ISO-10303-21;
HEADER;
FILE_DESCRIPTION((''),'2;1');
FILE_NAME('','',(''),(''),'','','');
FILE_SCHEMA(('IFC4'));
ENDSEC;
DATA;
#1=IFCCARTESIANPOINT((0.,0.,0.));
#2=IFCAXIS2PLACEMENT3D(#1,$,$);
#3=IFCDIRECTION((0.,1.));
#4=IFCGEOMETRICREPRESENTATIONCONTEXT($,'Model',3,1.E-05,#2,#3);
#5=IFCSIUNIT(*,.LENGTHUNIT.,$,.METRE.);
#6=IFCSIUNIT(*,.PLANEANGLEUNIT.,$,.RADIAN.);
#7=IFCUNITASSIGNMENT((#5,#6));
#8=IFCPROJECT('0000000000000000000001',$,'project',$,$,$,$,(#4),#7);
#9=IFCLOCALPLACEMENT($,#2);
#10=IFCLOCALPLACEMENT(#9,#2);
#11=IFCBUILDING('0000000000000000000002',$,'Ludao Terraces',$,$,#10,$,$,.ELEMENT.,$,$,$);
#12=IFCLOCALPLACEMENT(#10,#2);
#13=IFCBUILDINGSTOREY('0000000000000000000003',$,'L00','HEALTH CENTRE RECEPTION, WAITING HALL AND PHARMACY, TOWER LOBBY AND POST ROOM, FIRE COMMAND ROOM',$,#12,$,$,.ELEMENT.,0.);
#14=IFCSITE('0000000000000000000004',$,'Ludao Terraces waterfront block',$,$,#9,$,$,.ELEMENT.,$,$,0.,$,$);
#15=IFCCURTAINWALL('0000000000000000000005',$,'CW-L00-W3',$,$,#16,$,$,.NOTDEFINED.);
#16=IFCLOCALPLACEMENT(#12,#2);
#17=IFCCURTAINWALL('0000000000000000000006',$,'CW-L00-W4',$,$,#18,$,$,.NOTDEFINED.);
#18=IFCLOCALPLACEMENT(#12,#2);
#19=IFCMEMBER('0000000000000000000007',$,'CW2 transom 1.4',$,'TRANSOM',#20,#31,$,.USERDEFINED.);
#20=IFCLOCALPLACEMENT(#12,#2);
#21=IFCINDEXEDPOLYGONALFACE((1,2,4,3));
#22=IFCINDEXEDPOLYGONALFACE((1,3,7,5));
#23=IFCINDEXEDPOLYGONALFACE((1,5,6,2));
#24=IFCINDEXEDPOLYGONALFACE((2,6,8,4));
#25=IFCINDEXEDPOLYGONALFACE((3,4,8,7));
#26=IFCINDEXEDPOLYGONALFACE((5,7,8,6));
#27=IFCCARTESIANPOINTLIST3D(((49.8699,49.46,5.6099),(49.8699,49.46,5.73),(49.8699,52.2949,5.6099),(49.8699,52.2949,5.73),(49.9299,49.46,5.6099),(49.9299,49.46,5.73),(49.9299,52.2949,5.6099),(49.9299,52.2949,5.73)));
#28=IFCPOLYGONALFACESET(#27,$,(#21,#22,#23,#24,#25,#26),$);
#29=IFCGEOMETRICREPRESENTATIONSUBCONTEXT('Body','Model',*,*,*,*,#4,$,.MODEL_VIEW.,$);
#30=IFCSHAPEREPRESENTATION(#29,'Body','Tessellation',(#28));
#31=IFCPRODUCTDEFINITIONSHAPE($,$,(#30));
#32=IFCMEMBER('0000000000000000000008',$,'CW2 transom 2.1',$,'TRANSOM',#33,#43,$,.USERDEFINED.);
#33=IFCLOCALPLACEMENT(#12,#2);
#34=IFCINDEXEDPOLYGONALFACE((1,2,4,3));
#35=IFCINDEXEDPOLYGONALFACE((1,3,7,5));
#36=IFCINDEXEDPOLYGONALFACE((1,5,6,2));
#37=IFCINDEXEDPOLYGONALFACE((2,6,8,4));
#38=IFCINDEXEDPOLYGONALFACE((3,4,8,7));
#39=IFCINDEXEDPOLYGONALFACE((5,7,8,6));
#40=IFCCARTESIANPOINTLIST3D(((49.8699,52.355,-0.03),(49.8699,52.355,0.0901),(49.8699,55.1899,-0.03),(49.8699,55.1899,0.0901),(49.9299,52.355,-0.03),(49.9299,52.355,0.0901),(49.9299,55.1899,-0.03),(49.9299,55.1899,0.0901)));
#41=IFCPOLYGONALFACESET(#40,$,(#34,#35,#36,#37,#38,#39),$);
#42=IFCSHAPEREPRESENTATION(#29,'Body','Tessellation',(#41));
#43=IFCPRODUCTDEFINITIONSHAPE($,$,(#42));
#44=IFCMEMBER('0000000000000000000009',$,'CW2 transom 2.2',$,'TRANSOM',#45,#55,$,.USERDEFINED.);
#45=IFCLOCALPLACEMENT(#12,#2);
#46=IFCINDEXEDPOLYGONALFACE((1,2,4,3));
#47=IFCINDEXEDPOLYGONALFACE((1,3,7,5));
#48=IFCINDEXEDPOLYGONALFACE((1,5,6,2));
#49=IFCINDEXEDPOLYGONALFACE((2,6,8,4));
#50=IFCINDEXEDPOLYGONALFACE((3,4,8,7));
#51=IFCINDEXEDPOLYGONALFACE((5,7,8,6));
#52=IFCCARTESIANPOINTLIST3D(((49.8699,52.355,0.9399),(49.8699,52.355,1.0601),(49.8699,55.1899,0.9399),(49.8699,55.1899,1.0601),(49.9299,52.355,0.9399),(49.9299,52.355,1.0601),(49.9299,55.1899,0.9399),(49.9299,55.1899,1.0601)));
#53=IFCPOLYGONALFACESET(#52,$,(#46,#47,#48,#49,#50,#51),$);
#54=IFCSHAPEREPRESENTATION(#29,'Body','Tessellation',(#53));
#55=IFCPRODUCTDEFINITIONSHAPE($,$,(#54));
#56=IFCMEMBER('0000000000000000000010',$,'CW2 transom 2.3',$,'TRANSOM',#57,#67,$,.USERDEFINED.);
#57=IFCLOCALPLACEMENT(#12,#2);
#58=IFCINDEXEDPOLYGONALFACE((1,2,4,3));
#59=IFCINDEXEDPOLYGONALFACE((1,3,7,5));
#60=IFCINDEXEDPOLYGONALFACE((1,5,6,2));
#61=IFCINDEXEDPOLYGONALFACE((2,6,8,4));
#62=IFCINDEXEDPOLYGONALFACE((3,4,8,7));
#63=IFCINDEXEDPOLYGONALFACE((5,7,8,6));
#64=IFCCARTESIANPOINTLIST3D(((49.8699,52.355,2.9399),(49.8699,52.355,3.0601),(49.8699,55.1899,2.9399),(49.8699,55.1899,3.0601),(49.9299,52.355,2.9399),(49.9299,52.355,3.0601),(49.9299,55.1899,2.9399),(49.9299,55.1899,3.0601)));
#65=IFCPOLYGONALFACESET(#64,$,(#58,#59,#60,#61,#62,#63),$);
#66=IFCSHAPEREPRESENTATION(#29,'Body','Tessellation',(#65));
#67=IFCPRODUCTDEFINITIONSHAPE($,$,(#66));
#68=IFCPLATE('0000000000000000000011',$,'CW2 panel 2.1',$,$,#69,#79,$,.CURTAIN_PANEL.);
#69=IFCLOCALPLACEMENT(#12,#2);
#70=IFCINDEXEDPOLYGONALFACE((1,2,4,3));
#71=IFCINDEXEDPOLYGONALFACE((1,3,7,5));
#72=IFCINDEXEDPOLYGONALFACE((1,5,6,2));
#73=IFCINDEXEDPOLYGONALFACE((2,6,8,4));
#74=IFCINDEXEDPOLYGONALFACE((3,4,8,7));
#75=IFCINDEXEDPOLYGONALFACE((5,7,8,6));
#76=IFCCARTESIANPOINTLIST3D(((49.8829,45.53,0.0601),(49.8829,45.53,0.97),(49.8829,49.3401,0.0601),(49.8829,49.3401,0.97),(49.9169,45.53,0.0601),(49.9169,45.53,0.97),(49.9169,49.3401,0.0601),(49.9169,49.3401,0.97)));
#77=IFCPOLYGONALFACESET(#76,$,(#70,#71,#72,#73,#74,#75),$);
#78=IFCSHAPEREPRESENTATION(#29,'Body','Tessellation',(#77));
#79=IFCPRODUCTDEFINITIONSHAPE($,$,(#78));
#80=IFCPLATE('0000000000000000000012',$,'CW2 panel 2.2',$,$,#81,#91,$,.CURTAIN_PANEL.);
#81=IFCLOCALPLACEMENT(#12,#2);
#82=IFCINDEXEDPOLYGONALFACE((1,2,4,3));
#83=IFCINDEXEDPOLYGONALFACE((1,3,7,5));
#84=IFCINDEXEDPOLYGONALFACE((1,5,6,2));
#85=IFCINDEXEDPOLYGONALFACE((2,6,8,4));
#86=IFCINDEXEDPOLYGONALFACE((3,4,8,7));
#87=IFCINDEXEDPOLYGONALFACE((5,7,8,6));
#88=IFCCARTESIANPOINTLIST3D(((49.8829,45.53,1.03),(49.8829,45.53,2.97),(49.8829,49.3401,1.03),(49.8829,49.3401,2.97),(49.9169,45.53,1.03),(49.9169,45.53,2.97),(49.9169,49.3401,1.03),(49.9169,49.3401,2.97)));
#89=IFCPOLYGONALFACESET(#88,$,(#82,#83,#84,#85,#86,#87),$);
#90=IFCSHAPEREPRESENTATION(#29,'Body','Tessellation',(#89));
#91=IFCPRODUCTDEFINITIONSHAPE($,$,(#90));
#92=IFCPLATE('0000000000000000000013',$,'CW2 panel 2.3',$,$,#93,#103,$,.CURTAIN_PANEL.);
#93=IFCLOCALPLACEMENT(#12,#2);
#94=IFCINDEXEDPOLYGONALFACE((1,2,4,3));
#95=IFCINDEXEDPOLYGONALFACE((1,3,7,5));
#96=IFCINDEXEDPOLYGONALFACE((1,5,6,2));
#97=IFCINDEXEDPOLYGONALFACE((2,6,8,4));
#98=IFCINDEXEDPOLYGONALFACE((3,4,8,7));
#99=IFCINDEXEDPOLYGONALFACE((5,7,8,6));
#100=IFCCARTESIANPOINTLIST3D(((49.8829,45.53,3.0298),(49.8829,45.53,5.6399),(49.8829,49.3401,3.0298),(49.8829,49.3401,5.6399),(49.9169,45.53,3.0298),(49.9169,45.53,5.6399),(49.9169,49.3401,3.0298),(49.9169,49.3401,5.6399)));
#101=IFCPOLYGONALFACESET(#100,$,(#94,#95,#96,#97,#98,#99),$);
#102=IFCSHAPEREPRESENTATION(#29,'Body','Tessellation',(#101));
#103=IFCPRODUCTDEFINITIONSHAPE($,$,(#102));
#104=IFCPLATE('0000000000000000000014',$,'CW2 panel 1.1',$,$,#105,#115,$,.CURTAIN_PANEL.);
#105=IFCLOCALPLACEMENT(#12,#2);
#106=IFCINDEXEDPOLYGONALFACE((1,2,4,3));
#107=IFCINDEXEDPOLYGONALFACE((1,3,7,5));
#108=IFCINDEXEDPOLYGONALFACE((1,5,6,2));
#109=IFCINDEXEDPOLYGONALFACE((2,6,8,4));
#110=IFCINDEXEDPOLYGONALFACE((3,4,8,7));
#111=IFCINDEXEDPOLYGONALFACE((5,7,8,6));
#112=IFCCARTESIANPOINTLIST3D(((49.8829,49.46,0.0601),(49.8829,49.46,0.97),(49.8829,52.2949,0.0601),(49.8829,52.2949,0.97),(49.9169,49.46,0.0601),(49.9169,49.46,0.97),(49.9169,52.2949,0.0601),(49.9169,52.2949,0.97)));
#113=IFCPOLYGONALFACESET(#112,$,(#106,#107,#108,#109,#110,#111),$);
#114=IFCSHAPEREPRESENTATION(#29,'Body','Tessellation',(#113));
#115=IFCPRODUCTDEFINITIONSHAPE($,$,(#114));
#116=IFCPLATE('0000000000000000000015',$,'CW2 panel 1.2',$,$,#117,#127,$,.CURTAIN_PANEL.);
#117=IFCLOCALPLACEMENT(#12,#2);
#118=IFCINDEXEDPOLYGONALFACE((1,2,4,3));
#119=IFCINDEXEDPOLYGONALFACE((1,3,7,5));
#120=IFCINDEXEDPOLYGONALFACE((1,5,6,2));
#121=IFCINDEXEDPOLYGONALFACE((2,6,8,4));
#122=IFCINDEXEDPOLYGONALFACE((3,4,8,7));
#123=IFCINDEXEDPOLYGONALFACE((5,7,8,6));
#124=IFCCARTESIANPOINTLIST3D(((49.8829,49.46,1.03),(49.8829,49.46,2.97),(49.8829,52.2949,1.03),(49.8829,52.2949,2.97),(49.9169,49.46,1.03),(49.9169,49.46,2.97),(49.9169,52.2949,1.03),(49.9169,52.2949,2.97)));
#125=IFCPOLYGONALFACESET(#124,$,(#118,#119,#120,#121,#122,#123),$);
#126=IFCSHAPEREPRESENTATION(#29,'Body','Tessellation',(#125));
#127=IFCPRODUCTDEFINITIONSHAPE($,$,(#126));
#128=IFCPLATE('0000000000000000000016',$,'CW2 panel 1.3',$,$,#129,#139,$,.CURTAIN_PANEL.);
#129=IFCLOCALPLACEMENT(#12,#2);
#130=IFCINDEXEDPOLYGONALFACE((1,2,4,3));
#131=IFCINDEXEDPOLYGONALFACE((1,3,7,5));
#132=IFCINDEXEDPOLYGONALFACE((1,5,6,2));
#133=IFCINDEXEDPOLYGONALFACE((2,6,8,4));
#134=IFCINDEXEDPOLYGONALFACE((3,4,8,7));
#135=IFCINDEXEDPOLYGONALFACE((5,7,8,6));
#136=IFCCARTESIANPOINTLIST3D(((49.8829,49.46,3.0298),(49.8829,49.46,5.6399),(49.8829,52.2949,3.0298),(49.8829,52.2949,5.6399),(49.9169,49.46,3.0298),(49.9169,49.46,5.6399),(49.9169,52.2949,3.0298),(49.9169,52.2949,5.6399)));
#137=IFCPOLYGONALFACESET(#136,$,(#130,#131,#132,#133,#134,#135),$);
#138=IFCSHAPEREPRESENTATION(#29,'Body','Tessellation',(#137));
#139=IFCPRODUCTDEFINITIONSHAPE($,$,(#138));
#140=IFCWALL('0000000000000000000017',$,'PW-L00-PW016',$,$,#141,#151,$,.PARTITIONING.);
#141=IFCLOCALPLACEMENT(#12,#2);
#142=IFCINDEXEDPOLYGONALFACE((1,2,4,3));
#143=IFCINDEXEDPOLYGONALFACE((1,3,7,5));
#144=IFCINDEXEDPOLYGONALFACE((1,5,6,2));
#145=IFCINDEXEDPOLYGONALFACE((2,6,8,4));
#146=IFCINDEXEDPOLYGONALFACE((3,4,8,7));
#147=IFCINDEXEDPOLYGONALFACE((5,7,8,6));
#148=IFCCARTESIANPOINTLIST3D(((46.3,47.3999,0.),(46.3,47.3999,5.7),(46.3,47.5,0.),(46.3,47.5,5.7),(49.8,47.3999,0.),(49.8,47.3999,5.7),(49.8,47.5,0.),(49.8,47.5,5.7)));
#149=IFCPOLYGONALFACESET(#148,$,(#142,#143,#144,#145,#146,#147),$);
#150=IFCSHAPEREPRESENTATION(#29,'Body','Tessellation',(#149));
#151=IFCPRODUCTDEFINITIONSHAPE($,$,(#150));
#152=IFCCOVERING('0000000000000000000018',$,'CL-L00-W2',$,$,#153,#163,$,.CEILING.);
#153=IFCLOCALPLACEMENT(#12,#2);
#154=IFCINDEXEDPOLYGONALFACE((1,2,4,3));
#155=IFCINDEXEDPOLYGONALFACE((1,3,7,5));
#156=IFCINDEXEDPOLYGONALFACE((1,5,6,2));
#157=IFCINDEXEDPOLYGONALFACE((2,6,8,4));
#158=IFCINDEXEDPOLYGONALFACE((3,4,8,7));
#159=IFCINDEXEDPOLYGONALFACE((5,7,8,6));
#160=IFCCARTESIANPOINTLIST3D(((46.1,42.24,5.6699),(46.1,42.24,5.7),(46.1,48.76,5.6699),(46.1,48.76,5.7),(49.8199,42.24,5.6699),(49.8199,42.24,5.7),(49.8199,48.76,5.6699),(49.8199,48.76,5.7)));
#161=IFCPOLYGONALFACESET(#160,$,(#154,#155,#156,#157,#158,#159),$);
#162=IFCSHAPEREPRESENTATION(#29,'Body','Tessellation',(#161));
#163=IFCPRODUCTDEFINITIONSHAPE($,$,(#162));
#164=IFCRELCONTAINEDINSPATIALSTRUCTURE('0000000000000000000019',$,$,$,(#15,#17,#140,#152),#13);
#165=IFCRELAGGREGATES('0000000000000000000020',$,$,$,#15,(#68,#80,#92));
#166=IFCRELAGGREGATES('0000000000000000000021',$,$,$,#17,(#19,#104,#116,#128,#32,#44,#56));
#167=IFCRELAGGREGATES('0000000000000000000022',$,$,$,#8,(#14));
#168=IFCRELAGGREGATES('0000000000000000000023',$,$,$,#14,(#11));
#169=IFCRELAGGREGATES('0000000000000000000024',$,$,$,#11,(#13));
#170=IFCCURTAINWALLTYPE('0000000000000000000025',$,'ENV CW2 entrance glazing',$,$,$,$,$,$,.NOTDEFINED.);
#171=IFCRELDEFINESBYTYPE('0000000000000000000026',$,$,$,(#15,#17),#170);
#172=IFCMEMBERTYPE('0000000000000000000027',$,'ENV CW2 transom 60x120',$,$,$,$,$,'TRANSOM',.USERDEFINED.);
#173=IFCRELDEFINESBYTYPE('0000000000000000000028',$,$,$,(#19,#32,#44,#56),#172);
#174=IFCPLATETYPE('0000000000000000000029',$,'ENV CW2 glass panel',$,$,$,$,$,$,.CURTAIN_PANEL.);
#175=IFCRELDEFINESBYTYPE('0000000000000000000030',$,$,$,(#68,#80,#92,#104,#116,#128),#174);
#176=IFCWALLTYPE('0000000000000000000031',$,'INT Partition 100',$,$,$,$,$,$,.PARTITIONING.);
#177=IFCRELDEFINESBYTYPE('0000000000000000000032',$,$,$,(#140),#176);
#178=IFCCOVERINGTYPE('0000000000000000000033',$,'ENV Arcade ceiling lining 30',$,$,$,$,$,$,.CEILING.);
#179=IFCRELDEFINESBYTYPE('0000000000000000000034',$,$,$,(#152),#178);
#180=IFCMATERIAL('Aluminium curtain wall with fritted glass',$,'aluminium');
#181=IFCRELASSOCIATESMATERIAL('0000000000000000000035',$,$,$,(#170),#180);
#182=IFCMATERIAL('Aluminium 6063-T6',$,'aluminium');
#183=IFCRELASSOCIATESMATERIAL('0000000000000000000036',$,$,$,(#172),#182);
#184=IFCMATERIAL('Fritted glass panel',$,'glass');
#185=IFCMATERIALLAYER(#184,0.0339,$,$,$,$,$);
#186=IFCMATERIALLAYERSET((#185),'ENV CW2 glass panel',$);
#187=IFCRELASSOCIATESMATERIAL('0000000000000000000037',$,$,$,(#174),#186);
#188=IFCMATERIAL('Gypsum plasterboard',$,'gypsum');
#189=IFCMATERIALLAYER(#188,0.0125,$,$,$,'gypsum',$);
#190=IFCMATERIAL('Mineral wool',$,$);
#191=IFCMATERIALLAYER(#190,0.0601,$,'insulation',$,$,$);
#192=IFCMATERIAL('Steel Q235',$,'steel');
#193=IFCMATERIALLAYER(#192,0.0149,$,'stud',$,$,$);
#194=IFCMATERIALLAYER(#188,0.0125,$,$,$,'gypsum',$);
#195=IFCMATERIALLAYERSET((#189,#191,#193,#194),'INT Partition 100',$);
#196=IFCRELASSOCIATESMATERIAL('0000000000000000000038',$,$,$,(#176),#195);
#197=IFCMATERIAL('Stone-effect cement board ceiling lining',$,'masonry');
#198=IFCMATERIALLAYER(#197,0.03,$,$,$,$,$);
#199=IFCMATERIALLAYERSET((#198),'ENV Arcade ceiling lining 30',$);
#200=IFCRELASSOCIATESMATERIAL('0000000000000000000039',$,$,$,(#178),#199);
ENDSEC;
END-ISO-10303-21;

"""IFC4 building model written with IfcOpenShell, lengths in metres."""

from ifc_helpers import new_model, si_unit, direction, frame, frame_2d, origin, origin_2d, place, context, subcontext, project, spatial, rectangle, extrude, material, layer, layer_set, material_profile, profile_set, type_object, element, aggregate, save


model = new_model("IFC4")

# Units and contexts
model_context = context("Model", 3, precision=1e-05, world=origin(), true_north=direction((0.0, 1.0)))
body_context = subcontext(model_context, "Body", "Model", "MODEL_VIEW")
ifc_project = project(units=[si_unit("LENGTHUNIT", "METRE"), si_unit("PLANEANGLEUNIT", "RADIAN")], contexts=[model_context])

# Site, building, storey
site_placement = place(None, origin())
site = spatial("IfcSite", under=ifc_project, at=site_placement, Name="Ludao Terraces waterfront block", CompositionType="ELEMENT", RefElevation=0.0)
building_placement = place(site_placement, origin())
building = spatial("IfcBuilding", under=site, at=building_placement, Name="Ludao Terraces", CompositionType="ELEMENT")
storey_placement = place(building_placement, origin())
storey = spatial("IfcBuildingStorey", under=building, at=storey_placement, Name="L00", Description="HEALTH CENTRE RECEPTION, WAITING HALL AND PHARMACY, TOWER LOBBY AND POST ROOM, FIRE COMMAND ROOM", CompositionType="ELEMENT", Elevation=0.0)

# Curtain walls
ifc_material_1 = material(Name="Aluminium curtain wall with fritted glass", Category="aluminium")
curtain_wall_type = type_object("IfcCurtainWallType", Name="ENV CW2 entrance glazing", PredefinedType="NOTDEFINED", material=ifc_material_1)
curtain_wall_1_placement = place(storey_placement, origin())
curtain_wall_1 = element("IfcCurtainWall", 1, at=curtain_wall_1_placement, inside=storey, type_object=curtain_wall_type, Name="CW-L00-W3", PredefinedType="NOTDEFINED")
ifc_material_2 = material(Name="Aluminium 6063-T6", Category="aluminium")
curtain_wall_2_placement = place(storey_placement, origin())
curtain_wall_2 = element("IfcCurtainWall", 2, at=curtain_wall_2_placement, inside=storey, type_object=curtain_wall_type, Name="CW-L00-W4", PredefinedType="NOTDEFINED")

# Members
ifc_material_profile_1 = material_profile(ifc_material_2, rectangle(XDim=0.0601, YDim=0.1201, at=origin_2d()), Name="60 X 120")
ifc_profile_set_1 = profile_set([ifc_material_profile_1], Name="Aluminium 6063-T6")
member_type_1 = type_object("IfcMemberType", Name="ENV CW2 transom 60x120", ElementType="TRANSOM", PredefinedType="USERDEFINED", material=ifc_profile_set_1)
member_1_placement = place(storey_placement, frame((49.8999, 49.46, 5.6699), z_axis=(0.0, 1.0, 0.0), x_axis=(-1.0, 0.0, 0.0)))
member_1 = element("IfcMember", 3, at=member_1_placement, type_object=member_type_1, Name="CW2 transom 1.4", ObjectType="TRANSOM", PredefinedType="USERDEFINED", context=body_context, shape_type="SweptSolid", body=[
    extrude(rectangle(XDim=0.0601, YDim=0.1201, at=origin_2d()), origin(), (0.0, 0.0, 1.0), 2.835),
])
member_2_placement = place(storey_placement, frame((49.8999, 52.355, 0.03), z_axis=(0.0, 1.0, 0.0), x_axis=(-1.0, 0.0, 0.0)))
member_2 = element("IfcMember", 4, at=member_2_placement, type_object=member_type_1, Name="CW2 transom 2.1", ObjectType="TRANSOM", PredefinedType="USERDEFINED", context=body_context, shape_type="SweptSolid", body=[
    extrude(rectangle(XDim=0.0601, YDim=0.1201, at=origin_2d()), origin(), (0.0, 0.0, 1.0), 2.835),
])
member_3_placement = place(storey_placement, frame((49.8999, 52.355, 1.0), z_axis=(0.0, 1.0, 0.0), x_axis=(-1.0, 0.0, 0.0)))
member_3 = element("IfcMember", 5, at=member_3_placement, type_object=member_type_1, Name="CW2 transom 2.2", ObjectType="TRANSOM", PredefinedType="USERDEFINED", context=body_context, shape_type="SweptSolid", body=[
    extrude(rectangle(XDim=0.0601, YDim=0.1201, at=origin_2d()), origin(), (0.0, 0.0, 1.0), 2.835),
])
member_4_placement = place(storey_placement, frame((49.8999, 52.355, 3.0), z_axis=(0.0, 1.0, 0.0), x_axis=(-1.0, 0.0, 0.0)))
member_4 = element("IfcMember", 6, at=member_4_placement, type_object=member_type_1, Name="CW2 transom 2.3", ObjectType="TRANSOM", PredefinedType="USERDEFINED", context=body_context, shape_type="SweptSolid", body=[
    extrude(rectangle(XDim=0.0601, YDim=0.1201, at=origin_2d()), origin(), (0.0, 0.0, 1.0), 2.835),
])

# Plates
ifc_material_3 = material(Name="Fritted glass panel", Category="glass")
ifc_layer_1 = layer(ifc_material_3, 0.0339)
ifc_layer_set_1 = layer_set([ifc_layer_1], Name="ENV CW2 glass panel")
plate_type = type_object("IfcPlateType", Name="ENV CW2 glass panel", PredefinedType="CURTAIN_PANEL", material=ifc_layer_set_1)
plate_1_placement = place(storey_placement, frame((49.8999, 47.4351, 0.0601), z_axis=(0.0, 0.0, 1.0), x_axis=(0.0, 1.0, 0.0)))
plate_1 = element("IfcPlate", 7, at=plate_1_placement, type_object=plate_type, Name="CW2 panel 2.1", PredefinedType="CURTAIN_PANEL", context=body_context, shape_type="SweptSolid", body=[
    extrude(rectangle(XDim=3.8101, YDim=0.0339, at=origin_2d()), origin(), (0.0, 0.0, 1.0), 0.9099),
])
plate_2_placement = place(storey_placement, frame((49.8999, 47.4351, 1.03), z_axis=(0.0, 0.0, 1.0), x_axis=(0.0, 1.0, 0.0)))
plate_2 = element("IfcPlate", 8, at=plate_2_placement, type_object=plate_type, Name="CW2 panel 2.2", PredefinedType="CURTAIN_PANEL", context=body_context, shape_type="SweptSolid", body=[
    extrude(rectangle(XDim=3.8101, YDim=0.0339, at=origin_2d()), origin(), (0.0, 0.0, 1.0), 1.9399),
])
plate_3_placement = place(storey_placement, frame((49.8999, 47.4351, 3.0298), z_axis=(0.0, 0.0, 1.0), x_axis=(0.0, 1.0, 0.0)))
plate_3 = element("IfcPlate", 9, at=plate_3_placement, type_object=plate_type, Name="CW2 panel 2.3", PredefinedType="CURTAIN_PANEL", context=body_context, shape_type="SweptSolid", body=[
    extrude(rectangle(XDim=3.8101, YDim=0.0339, at=origin_2d()), origin(), (0.0, 0.0, 1.0), 2.6101),
])
aggregate(curtain_wall_1, [plate_1, plate_2, plate_3])
plate_4_placement = place(storey_placement, frame((49.8999, 50.8774, 0.0601), z_axis=(0.0, 0.0, 1.0), x_axis=(0.0, 1.0, 0.0)))
plate_4 = element("IfcPlate", 10, at=plate_4_placement, type_object=plate_type, Name="CW2 panel 1.1", PredefinedType="CURTAIN_PANEL", context=body_context, shape_type="SweptSolid", body=[
    extrude(rectangle(XDim=2.835, YDim=0.0339, at=origin_2d()), origin(), (0.0, 0.0, 1.0), 0.9099),
])
plate_5_placement = place(storey_placement, frame((49.8999, 50.8774, 1.03), z_axis=(0.0, 0.0, 1.0), x_axis=(0.0, 1.0, 0.0)))
plate_5 = element("IfcPlate", 11, at=plate_5_placement, type_object=plate_type, Name="CW2 panel 1.2", PredefinedType="CURTAIN_PANEL", context=body_context, shape_type="SweptSolid", body=[
    extrude(rectangle(XDim=2.835, YDim=0.0339, at=origin_2d()), origin(), (0.0, 0.0, 1.0), 1.9399),
])
plate_6_placement = place(storey_placement, frame((49.8999, 50.8774, 3.0298), z_axis=(0.0, 0.0, 1.0), x_axis=(0.0, 1.0, 0.0)))
plate_6 = element("IfcPlate", 12, at=plate_6_placement, type_object=plate_type, Name="CW2 panel 1.3", PredefinedType="CURTAIN_PANEL", context=body_context, shape_type="SweptSolid", body=[
    extrude(rectangle(XDim=2.835, YDim=0.0339, at=origin_2d()), origin(), (0.0, 0.0, 1.0), 2.6101),
])
aggregate(curtain_wall_2, [member_1, plate_4, plate_5, plate_6, member_2, member_3, member_4])

# Wall
ifc_material_4 = material(Name="Gypsum plasterboard", Category="gypsum")
ifc_layer_2 = layer(ifc_material_4, 0.0125, Category="gypsum")
ifc_material_5 = material(Name="Mineral wool")
ifc_layer_3 = layer(ifc_material_5, 0.0601, Name="insulation")
ifc_material_6 = material(Name="Steel Q235", Category="steel")
ifc_layer_4 = layer(ifc_material_6, 0.0149, Name="stud")
ifc_layer_5 = layer(ifc_material_4, 0.0125, Category="gypsum")
ifc_layer_set_2 = layer_set([ifc_layer_2, ifc_layer_3, ifc_layer_4, ifc_layer_5], Name="INT Partition 100")
wall_type = type_object("IfcWallType", Name="INT Partition 100", PredefinedType="PARTITIONING", material=ifc_layer_set_2)
wall_placement = place(storey_placement, frame((46.3, 47.45, 0.0), z_axis=(0.0, 0.0, 1.0), x_axis=(1.0, 0.0, 0.0)))
element("IfcWall", 13, at=wall_placement, inside=storey, type_object=wall_type, Name="PW-L00-PW016", PredefinedType="PARTITIONING", context=body_context, shape_type="SweptSolid", body=[
    extrude(rectangle(XDim=3.5, YDim=0.1001, at=frame_2d((1.75, 0.0))), origin(), (0.0, 0.0, 1.0), 5.7),
])

# Covering
ifc_material_7 = material(Name="Stone-effect cement board ceiling lining", Category="masonry")
ifc_layer_6 = layer(ifc_material_7, 0.03)
ifc_layer_set_3 = layer_set([ifc_layer_6], Name="ENV Arcade ceiling lining 30")
covering_type = type_object("IfcCoveringType", Name="ENV Arcade ceiling lining 30", PredefinedType="CEILING", material=ifc_layer_set_3)
covering_placement = place(storey_placement, frame((47.96, 45.5, 5.6699), z_axis=(0.0, 0.0, 1.0), x_axis=(1.0, 0.0, 0.0)))
element("IfcCovering", 14, at=covering_placement, inside=storey, type_object=covering_type, Name="CL-L00-W2", PredefinedType="CEILING", context=body_context, shape_type="SweptSolid", body=[
    extrude(rectangle(XDim=3.72, YDim=6.52, at=origin_2d()), origin(), (0.0, 0.0, 1.0), 0.03),
])

save(model, "model.ifc")
